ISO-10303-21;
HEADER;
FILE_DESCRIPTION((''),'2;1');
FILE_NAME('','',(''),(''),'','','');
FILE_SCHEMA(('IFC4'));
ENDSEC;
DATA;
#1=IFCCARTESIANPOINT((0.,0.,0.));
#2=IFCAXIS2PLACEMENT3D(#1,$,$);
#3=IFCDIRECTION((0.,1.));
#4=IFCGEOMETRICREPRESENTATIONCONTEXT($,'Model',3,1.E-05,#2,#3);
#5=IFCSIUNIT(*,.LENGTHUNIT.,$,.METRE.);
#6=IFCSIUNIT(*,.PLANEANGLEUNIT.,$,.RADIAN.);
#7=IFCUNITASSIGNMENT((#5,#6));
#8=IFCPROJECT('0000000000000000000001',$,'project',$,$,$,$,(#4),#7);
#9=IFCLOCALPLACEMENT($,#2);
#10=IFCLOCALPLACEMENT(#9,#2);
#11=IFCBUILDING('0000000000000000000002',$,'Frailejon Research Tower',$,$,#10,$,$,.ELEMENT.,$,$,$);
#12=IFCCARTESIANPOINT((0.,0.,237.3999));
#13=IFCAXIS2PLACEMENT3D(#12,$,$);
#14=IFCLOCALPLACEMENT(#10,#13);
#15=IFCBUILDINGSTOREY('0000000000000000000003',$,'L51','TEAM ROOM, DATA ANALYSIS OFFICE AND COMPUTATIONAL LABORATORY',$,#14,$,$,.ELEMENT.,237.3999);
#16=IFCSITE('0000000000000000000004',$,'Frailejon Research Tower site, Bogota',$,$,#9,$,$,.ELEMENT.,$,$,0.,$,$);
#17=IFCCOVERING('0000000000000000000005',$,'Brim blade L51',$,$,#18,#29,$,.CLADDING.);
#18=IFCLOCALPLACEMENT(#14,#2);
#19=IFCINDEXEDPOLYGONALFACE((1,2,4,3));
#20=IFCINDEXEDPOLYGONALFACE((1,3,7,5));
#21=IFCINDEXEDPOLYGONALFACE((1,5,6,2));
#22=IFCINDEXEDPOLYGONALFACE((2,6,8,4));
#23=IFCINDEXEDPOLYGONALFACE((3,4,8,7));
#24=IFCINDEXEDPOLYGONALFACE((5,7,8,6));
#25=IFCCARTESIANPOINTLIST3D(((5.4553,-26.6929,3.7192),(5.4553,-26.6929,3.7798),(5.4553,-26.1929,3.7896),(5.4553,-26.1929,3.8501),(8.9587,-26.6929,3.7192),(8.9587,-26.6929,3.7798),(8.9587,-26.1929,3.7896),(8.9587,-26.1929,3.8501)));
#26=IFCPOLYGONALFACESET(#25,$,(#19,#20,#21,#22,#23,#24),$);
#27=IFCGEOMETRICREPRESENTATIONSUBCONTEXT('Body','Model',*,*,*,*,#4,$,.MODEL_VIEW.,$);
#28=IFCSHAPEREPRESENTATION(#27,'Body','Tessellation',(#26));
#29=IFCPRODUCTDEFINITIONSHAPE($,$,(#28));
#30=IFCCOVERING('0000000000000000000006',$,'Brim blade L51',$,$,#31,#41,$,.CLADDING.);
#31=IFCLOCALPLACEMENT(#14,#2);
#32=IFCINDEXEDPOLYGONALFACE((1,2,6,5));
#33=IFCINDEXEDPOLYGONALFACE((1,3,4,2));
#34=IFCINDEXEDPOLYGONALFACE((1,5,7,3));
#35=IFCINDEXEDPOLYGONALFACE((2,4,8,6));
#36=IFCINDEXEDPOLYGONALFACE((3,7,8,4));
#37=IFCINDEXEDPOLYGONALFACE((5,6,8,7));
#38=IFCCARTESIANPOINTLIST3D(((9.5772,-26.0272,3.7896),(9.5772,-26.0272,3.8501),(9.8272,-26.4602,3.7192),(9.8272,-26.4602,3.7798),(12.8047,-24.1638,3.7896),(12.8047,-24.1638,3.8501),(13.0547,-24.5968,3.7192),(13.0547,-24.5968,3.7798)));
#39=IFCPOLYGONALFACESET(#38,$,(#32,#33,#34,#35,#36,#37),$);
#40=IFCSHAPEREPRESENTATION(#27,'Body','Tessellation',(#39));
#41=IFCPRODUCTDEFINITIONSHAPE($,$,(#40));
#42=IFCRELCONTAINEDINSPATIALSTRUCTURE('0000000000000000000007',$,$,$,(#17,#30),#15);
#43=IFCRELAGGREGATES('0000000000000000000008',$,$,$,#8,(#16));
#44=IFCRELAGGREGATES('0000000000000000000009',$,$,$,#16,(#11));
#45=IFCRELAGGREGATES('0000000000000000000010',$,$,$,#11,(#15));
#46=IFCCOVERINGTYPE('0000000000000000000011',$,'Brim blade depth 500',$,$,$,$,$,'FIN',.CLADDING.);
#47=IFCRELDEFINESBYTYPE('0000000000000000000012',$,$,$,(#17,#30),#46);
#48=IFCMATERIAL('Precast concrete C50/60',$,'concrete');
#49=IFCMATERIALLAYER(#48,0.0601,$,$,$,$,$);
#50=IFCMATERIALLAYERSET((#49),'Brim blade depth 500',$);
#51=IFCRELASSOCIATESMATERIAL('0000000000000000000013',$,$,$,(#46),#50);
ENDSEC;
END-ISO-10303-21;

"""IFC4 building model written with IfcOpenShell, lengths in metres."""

from ifc_helpers import new_model, si_unit, direction, frame, origin, place, context, subcontext, project, spatial, polyline, outline, extrude, material, layer, layer_set, type_object, element, save


model = new_model("IFC4")

# Units and contexts
model_context = context("Model", 3, precision=1e-05, world=origin(), true_north=direction((0.0, 1.0)))
body_context = subcontext(model_context, "Body", "Model", "MODEL_VIEW")
ifc_project = project(units=[si_unit("LENGTHUNIT", "METRE"), si_unit("PLANEANGLEUNIT", "RADIAN")], contexts=[model_context])

# Site, building, storey
site_placement = place(None, origin())
site = spatial("IfcSite", under=ifc_project, at=site_placement, Name="Frailejon Research Tower site, Bogota", CompositionType="ELEMENT", RefElevation=0.0)
building_placement = place(site_placement, origin())
building = spatial("IfcBuilding", under=site, at=building_placement, Name="Frailejon Research Tower", CompositionType="ELEMENT")
storey_placement = place(building_placement, frame((0.0, 0.0, 237.3999)))
storey = spatial("IfcBuildingStorey", under=building, at=storey_placement, Name="L51", Description="TEAM ROOM, DATA ANALYSIS OFFICE AND COMPUTATIONAL LABORATORY", CompositionType="ELEMENT", Elevation=237.3999)

# Coverings
ifc_material_1 = material(Name="Precast concrete C50/60", Category="concrete")
ifc_layer_1 = layer(ifc_material_1, 0.0601)
ifc_layer_set_1 = layer_set([ifc_layer_1], Name="Brim blade depth 500")
covering_type_1 = type_object("IfcCoveringType", Name="Brim blade depth 500", ElementType="FIN", PredefinedType="CLADDING", material=ifc_layer_set_1)
covering_1_placement = place(storey_placement, frame((8.9587, -26.1929, 3.8501), z_axis=(-1.0, 0.0, 0.0), x_axis=(0.0, -1.0, 0.0)))
element("IfcCovering", 1, at=covering_1_placement, inside=storey, type_object=covering_type_1, Name="Brim blade L51", PredefinedType="CLADDING", context=body_context, shape_type="SweptSolid", body=[
    extrude(outline(polyline([(0.0, -0.0605), (0.5, -0.1309), (0.5, -0.0703), (0.0, 0.0), (0.0, -0.0605)])), origin(), (0.0, 0.0, 1.0), 3.5034),
])
covering_2_placement = place(storey_placement, frame((12.8047, -24.1638, 3.8501), z_axis=(-0.866025, -0.500001, 0.0), x_axis=(0.500001, -0.866025, 0.0)))
element("IfcCovering", 2, at=covering_2_placement, inside=storey, type_object=covering_type_1, Name="Brim blade L51", PredefinedType="CLADDING", context=body_context, shape_type="SweptSolid", body=[
    extrude(outline(polyline([(0.0, -0.0605), (0.5, -0.1309), (0.5, -0.0703), (0.0, 0.0), (0.0, -0.0605)])), origin(), (0.0, 0.0, 1.0), 3.7268),
])

save(model, "model.ifc")
